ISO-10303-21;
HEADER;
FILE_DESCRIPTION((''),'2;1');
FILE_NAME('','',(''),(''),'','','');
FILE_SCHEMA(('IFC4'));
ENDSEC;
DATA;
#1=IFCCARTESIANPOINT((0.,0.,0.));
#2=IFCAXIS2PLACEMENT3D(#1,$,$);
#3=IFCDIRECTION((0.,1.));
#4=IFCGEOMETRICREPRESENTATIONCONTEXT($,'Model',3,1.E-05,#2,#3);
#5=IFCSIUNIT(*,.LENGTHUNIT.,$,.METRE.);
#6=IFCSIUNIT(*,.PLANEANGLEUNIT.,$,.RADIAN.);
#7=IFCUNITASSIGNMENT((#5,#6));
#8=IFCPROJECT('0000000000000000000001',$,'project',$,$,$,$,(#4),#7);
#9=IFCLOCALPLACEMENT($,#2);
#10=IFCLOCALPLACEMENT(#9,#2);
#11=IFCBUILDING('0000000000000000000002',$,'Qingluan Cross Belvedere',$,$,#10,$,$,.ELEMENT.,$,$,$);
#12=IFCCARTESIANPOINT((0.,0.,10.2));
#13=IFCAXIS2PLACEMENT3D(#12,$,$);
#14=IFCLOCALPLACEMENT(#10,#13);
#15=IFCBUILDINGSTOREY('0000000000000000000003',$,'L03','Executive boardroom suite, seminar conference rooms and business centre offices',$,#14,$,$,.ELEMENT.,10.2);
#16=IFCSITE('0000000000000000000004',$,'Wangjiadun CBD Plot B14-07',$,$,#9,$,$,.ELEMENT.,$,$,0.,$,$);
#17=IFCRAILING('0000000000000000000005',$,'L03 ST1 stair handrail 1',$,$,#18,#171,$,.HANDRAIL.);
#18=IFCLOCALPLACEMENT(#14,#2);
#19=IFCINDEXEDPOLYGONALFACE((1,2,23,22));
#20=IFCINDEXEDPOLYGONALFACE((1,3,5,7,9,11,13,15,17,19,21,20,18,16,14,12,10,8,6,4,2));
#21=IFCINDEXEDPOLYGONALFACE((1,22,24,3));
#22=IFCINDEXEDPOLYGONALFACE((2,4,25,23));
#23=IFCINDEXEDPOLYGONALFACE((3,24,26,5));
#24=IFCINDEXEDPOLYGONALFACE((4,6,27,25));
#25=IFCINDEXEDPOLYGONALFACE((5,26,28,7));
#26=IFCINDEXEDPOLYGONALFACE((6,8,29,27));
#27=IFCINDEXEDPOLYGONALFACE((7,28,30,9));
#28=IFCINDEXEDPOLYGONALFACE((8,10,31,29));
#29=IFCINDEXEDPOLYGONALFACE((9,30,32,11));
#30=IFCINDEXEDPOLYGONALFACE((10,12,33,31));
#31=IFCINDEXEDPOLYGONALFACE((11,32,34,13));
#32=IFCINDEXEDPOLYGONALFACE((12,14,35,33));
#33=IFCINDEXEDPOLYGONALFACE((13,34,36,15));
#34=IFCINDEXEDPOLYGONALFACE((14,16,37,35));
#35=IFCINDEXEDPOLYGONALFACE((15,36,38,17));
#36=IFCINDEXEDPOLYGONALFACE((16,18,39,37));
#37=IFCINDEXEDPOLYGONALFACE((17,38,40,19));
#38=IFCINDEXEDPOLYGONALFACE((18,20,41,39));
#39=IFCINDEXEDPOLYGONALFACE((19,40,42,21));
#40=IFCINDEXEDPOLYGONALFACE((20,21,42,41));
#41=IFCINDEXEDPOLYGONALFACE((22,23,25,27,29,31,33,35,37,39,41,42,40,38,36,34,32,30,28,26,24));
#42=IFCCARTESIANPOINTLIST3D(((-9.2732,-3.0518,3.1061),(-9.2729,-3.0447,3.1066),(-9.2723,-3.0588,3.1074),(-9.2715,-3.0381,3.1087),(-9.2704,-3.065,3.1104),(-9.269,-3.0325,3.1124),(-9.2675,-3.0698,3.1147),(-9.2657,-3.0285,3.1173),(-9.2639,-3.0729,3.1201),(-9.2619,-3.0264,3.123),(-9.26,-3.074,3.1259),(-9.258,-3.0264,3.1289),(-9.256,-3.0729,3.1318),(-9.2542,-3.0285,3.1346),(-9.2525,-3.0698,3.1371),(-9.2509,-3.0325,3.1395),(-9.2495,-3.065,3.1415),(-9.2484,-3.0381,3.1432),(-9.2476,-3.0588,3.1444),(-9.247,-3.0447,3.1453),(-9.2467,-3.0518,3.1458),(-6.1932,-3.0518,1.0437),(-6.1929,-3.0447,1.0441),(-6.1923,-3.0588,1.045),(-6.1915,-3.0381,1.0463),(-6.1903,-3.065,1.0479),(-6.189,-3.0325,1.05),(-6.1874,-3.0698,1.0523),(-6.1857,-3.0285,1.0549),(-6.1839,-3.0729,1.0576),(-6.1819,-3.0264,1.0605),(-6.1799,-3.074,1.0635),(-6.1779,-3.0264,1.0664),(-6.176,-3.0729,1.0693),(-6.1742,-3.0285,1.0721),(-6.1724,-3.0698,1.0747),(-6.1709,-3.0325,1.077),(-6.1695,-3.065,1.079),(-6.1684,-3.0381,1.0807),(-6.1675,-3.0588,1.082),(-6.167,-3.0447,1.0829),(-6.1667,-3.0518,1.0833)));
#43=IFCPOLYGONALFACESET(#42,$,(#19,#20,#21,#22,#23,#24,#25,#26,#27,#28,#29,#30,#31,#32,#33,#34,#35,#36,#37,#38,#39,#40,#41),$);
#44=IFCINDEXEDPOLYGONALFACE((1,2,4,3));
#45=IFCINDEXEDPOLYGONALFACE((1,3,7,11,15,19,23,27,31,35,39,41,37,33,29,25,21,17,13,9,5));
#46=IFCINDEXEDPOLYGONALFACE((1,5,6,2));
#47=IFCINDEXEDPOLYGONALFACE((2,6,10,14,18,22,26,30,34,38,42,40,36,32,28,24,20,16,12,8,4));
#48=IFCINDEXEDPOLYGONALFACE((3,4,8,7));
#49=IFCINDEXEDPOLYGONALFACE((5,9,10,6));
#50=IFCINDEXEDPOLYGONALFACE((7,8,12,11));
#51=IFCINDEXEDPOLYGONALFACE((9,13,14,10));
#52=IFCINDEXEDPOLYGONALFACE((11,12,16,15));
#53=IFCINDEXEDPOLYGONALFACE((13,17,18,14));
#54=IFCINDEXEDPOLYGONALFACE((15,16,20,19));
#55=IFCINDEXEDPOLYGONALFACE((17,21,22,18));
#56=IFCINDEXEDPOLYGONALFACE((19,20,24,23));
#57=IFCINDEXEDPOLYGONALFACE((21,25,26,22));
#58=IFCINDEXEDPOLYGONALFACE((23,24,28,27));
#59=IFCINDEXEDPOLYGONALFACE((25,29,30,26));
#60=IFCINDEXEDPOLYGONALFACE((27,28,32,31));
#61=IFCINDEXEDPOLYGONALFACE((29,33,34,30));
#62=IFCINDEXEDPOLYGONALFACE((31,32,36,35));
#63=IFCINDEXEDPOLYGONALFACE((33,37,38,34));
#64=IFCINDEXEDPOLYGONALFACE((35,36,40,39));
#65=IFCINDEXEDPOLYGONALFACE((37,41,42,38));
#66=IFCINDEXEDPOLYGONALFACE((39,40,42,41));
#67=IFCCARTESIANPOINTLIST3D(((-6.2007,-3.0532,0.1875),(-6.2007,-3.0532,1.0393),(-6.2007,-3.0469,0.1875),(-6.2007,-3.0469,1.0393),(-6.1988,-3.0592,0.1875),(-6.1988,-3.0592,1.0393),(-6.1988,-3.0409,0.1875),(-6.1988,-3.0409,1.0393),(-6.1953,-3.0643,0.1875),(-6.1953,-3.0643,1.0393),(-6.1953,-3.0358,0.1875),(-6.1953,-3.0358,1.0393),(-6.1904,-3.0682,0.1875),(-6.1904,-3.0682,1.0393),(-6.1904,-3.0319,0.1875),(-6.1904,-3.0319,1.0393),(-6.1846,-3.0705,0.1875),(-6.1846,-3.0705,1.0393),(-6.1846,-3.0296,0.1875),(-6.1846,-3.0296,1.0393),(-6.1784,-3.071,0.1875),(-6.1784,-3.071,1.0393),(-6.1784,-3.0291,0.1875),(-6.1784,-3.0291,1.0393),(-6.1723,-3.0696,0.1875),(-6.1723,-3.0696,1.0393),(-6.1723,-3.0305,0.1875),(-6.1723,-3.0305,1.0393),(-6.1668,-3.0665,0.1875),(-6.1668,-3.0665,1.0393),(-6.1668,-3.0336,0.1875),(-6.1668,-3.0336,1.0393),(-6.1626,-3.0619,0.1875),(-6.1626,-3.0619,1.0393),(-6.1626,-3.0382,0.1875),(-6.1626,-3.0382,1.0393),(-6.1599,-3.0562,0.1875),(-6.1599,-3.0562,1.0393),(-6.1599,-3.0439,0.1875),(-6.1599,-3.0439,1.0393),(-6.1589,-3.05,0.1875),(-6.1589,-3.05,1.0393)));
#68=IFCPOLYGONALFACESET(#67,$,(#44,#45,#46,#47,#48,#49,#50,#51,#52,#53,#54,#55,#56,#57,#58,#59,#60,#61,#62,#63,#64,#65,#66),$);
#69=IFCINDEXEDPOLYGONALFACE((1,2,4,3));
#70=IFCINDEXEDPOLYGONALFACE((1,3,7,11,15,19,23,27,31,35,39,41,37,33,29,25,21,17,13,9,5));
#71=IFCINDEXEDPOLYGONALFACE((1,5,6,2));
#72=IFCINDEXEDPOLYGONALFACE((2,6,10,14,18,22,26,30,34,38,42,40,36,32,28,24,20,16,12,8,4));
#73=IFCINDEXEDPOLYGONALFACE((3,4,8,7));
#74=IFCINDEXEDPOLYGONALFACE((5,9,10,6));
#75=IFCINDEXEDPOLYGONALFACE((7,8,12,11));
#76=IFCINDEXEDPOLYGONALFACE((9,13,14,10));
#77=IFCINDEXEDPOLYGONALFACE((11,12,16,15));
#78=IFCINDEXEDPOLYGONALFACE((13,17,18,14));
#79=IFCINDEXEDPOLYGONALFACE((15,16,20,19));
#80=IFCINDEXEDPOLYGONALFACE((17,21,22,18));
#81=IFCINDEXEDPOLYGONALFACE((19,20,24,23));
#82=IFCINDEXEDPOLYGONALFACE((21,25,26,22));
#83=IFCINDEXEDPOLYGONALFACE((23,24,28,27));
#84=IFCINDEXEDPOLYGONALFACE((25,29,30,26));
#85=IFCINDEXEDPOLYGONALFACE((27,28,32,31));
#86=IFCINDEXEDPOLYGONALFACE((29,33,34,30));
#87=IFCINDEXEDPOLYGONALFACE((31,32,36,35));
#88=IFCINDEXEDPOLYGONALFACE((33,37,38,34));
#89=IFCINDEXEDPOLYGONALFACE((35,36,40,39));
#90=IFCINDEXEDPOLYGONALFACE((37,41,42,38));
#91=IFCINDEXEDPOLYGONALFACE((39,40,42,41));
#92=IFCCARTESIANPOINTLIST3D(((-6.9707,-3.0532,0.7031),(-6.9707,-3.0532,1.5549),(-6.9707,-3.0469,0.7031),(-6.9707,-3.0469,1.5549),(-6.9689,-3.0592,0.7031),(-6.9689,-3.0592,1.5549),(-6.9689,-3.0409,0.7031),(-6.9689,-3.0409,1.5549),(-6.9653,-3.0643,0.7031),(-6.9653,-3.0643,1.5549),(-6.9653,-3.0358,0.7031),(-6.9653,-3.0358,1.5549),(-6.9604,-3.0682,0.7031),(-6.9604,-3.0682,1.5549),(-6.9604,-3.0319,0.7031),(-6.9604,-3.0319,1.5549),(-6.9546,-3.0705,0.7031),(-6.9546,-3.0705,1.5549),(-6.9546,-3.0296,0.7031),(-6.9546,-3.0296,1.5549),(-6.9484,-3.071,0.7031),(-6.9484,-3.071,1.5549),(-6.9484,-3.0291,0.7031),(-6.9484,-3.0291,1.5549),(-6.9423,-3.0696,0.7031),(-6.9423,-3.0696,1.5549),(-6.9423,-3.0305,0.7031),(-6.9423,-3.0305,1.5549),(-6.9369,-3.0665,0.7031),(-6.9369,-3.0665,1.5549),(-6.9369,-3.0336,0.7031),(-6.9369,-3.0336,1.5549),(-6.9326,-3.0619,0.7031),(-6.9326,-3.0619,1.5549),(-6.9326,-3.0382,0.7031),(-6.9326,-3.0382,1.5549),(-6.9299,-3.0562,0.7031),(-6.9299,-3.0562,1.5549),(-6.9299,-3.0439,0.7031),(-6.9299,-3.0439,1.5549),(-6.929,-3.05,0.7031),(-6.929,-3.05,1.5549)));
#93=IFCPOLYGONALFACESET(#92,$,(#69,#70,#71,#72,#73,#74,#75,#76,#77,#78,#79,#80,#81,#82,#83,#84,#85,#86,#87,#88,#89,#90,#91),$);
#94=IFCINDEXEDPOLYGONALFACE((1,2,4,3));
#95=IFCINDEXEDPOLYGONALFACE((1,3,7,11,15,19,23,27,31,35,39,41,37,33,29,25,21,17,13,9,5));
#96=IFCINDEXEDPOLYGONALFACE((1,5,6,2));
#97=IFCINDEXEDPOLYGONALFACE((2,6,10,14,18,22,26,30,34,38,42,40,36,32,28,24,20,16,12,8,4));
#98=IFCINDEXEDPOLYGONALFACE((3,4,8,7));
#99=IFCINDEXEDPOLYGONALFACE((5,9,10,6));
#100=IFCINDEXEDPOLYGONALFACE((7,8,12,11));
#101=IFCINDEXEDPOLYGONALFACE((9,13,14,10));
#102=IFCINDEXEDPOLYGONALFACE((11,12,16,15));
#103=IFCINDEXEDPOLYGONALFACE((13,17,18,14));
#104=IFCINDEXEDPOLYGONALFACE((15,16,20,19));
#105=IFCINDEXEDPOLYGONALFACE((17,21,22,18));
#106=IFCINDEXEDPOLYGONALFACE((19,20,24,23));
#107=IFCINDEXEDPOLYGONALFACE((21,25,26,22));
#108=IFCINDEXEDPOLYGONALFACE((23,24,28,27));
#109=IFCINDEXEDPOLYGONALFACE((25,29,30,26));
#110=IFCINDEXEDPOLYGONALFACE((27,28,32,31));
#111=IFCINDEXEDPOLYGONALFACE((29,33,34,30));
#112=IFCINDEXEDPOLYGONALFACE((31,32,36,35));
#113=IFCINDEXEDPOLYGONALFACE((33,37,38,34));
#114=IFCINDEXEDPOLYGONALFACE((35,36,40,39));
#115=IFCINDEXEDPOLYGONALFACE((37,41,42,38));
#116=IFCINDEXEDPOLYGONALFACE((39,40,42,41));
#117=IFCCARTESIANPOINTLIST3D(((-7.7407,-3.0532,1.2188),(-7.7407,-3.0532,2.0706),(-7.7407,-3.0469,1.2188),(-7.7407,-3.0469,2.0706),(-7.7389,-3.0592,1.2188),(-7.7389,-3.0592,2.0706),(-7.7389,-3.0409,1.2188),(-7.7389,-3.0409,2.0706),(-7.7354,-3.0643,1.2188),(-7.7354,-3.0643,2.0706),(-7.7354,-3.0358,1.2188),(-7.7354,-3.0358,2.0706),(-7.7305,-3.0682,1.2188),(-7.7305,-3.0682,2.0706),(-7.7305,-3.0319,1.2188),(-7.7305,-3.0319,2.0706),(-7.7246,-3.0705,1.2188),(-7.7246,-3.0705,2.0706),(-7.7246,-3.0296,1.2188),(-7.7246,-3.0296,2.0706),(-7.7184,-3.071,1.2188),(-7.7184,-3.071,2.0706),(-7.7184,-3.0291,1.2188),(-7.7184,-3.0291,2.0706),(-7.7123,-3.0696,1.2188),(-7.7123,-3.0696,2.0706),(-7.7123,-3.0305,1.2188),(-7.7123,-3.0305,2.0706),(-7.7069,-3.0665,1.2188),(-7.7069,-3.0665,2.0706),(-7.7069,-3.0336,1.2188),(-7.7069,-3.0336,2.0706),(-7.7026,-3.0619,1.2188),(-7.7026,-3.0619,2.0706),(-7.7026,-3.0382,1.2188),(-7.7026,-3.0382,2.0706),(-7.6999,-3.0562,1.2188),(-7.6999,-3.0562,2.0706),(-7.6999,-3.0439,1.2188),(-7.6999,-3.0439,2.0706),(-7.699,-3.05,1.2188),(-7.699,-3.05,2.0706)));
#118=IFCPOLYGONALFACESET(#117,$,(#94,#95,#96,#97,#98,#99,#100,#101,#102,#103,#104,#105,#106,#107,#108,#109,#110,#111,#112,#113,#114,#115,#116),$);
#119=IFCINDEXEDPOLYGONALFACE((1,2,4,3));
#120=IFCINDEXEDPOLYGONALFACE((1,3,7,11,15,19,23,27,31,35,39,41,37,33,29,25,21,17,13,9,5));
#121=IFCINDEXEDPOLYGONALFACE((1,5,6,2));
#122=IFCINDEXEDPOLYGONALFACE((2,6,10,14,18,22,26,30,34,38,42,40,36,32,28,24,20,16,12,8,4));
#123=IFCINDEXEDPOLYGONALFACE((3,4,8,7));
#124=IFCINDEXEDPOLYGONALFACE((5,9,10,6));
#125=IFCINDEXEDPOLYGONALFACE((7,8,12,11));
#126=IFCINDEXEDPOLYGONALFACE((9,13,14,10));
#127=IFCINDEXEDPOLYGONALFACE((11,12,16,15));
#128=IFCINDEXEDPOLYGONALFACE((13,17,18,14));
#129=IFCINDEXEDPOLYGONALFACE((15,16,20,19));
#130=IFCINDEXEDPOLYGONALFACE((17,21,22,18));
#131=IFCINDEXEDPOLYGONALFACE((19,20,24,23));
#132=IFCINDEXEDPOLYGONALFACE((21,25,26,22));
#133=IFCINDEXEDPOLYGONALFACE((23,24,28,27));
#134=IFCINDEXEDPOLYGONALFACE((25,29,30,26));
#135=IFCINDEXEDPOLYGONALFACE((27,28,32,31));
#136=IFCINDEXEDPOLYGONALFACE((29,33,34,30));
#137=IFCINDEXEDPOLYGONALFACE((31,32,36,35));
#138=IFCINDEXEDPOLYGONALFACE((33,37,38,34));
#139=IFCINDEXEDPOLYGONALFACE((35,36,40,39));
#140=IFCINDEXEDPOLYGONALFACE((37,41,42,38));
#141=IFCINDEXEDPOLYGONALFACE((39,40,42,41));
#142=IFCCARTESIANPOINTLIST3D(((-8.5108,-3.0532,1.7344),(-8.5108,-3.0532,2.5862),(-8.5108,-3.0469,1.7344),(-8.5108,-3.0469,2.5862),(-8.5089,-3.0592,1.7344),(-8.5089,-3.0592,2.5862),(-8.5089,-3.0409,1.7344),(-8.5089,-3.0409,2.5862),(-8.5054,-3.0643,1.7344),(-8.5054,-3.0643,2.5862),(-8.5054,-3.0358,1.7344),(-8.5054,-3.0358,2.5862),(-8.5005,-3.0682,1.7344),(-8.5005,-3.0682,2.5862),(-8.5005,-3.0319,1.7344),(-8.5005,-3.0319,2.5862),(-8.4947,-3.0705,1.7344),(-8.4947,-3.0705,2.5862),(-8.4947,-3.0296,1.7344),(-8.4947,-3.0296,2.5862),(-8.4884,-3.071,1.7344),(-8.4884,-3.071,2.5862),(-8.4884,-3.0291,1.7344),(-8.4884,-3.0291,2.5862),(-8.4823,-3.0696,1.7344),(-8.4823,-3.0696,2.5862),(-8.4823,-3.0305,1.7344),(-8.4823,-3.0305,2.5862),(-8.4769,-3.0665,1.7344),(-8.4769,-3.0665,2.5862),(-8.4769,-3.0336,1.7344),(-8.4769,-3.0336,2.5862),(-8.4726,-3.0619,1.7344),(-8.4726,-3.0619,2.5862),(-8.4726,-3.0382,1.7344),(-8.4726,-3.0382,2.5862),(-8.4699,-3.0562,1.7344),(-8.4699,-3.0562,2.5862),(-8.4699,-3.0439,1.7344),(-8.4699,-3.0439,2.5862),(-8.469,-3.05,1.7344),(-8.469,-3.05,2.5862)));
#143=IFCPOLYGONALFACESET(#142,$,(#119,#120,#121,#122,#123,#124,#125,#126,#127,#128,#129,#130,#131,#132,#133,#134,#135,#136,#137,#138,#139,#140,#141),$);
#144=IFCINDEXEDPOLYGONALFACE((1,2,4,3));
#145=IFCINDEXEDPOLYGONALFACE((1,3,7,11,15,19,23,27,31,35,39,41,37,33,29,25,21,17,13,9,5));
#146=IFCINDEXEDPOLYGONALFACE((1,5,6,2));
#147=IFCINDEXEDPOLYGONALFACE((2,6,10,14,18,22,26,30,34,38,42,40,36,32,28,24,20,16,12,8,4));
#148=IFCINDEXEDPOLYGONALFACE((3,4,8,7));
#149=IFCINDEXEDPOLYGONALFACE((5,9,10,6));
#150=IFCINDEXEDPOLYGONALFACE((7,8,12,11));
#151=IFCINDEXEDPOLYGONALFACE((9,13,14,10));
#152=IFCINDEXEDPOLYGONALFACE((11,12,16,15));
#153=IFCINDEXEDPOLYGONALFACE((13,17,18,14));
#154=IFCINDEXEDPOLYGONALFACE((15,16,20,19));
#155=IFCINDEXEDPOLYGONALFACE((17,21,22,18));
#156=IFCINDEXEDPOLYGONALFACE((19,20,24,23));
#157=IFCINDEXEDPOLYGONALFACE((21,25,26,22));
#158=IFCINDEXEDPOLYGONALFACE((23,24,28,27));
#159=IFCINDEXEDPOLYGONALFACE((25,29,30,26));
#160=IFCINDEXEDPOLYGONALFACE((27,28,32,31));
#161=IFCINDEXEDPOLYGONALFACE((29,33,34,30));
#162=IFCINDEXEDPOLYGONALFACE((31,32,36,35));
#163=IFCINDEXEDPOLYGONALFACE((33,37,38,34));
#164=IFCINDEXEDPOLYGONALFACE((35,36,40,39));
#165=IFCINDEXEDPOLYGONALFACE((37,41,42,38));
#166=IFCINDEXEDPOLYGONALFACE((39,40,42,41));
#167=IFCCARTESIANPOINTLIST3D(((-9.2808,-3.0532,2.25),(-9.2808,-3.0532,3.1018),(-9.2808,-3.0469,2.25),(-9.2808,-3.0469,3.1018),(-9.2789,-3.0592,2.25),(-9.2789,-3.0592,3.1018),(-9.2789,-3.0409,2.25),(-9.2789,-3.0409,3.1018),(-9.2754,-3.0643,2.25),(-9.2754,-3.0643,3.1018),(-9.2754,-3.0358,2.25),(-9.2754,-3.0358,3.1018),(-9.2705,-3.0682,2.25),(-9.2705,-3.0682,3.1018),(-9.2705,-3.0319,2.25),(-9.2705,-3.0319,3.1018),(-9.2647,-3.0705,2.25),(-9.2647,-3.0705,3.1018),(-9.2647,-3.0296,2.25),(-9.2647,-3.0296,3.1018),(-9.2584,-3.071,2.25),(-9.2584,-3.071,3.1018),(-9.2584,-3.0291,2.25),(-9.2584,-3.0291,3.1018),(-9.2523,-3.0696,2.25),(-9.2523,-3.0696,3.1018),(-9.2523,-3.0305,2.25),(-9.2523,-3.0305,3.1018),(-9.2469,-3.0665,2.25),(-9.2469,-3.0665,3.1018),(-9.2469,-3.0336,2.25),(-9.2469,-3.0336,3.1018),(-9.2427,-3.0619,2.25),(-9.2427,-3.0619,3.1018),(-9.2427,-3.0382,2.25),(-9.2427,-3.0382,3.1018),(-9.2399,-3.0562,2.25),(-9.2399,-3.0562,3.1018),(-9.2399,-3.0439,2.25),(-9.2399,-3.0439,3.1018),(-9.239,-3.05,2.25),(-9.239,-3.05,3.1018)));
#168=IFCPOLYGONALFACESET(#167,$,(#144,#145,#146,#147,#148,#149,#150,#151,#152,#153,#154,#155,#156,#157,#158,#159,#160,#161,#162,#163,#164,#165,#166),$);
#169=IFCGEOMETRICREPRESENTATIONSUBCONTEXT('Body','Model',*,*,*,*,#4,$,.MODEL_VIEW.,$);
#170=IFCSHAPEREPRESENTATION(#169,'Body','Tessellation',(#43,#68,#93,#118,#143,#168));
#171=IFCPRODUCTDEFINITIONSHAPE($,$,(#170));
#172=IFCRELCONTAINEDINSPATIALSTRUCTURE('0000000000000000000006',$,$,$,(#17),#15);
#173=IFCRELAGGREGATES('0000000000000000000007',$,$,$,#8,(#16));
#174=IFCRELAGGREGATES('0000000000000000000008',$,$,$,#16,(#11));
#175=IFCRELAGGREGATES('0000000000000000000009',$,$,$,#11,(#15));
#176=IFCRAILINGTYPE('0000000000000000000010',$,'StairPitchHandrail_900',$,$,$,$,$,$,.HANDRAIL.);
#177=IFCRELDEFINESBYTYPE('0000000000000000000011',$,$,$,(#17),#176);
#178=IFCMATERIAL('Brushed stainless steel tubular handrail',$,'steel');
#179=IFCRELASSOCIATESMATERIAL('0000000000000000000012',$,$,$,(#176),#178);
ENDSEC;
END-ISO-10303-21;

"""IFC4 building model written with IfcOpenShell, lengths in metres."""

from ifc_helpers import new_model, si_unit, direction, frame, origin, origin_2d, place, context, subcontext, project, spatial, circle, extrude, material, type_object, element, save


model = new_model("IFC4")

# Units and contexts
model_context = context("Model", 3, precision=1e-05, world=origin(), true_north=direction((0.0, 1.0)))
body_context = subcontext(model_context, "Body", "Model", "MODEL_VIEW")
ifc_project = project(units=[si_unit("LENGTHUNIT", "METRE"), si_unit("PLANEANGLEUNIT", "RADIAN")], contexts=[model_context])

# Site, building, storey
site_placement = place(None, origin())
site = spatial("IfcSite", under=ifc_project, at=site_placement, Name="Wangjiadun CBD Plot B14-07", CompositionType="ELEMENT", RefElevation=0.0)
building_placement = place(site_placement, origin())
building = spatial("IfcBuilding", under=site, at=building_placement, Name="Qingluan Cross Belvedere", CompositionType="ELEMENT")
storey_placement = place(building_placement, frame((0.0, 0.0, 10.2)))
storey = spatial("IfcBuildingStorey", under=building, at=storey_placement, Name="L03", Description="Executive boardroom suite, seminar conference rooms and business centre offices", CompositionType="ELEMENT", Elevation=10.2)

# Railing
ifc_material_1 = material(Name="Brushed stainless steel tubular handrail", Category="steel")
railing_type_1 = type_object("IfcRailingType", Name="StairPitchHandrail_900", PredefinedType="HANDRAIL", material=ifc_material_1)
railing_1_placement = place(storey_placement, frame((-6.1799, -3.05, 0.1875)))
element("IfcRailing", 1, at=railing_1_placement, inside=storey, type_object=railing_type_1, Name="L03 ST1 stair handrail 1", PredefinedType="HANDRAIL", context=body_context, shape_type="SweptSolid", body=[
    extrude(circle(Radius=0.0239, at=origin_2d()), frame((0.0, 0.0, 0.876), z_axis=(-0.830914, 0.0, 0.556401), x_axis=(0.0, -1.0, 0.0)), (0.0, 0.0, 1.0), 3.7068),
    extrude(circle(Radius=0.021, at=origin_2d()), origin(), (0.0, 0.0, 1.0), 0.8518),
    extrude(circle(Radius=0.021, at=origin_2d()), frame((-0.77, 0.0, 0.5156)), (0.0, 0.0, 1.0), 0.8518),
    extrude(circle(Radius=0.021, at=origin_2d()), frame((-1.54, 0.0, 1.0312)), (0.0, 0.0, 1.0), 0.8518),
    extrude(circle(Radius=0.021, at=origin_2d()), frame((-2.3101, 0.0, 1.5469)), (0.0, 0.0, 1.0), 0.8518),
    extrude(circle(Radius=0.021, at=origin_2d()), frame((-3.0801, 0.0, 2.0625)), (0.0, 0.0, 1.0), 0.8518),
])

save(model, "model.ifc")
